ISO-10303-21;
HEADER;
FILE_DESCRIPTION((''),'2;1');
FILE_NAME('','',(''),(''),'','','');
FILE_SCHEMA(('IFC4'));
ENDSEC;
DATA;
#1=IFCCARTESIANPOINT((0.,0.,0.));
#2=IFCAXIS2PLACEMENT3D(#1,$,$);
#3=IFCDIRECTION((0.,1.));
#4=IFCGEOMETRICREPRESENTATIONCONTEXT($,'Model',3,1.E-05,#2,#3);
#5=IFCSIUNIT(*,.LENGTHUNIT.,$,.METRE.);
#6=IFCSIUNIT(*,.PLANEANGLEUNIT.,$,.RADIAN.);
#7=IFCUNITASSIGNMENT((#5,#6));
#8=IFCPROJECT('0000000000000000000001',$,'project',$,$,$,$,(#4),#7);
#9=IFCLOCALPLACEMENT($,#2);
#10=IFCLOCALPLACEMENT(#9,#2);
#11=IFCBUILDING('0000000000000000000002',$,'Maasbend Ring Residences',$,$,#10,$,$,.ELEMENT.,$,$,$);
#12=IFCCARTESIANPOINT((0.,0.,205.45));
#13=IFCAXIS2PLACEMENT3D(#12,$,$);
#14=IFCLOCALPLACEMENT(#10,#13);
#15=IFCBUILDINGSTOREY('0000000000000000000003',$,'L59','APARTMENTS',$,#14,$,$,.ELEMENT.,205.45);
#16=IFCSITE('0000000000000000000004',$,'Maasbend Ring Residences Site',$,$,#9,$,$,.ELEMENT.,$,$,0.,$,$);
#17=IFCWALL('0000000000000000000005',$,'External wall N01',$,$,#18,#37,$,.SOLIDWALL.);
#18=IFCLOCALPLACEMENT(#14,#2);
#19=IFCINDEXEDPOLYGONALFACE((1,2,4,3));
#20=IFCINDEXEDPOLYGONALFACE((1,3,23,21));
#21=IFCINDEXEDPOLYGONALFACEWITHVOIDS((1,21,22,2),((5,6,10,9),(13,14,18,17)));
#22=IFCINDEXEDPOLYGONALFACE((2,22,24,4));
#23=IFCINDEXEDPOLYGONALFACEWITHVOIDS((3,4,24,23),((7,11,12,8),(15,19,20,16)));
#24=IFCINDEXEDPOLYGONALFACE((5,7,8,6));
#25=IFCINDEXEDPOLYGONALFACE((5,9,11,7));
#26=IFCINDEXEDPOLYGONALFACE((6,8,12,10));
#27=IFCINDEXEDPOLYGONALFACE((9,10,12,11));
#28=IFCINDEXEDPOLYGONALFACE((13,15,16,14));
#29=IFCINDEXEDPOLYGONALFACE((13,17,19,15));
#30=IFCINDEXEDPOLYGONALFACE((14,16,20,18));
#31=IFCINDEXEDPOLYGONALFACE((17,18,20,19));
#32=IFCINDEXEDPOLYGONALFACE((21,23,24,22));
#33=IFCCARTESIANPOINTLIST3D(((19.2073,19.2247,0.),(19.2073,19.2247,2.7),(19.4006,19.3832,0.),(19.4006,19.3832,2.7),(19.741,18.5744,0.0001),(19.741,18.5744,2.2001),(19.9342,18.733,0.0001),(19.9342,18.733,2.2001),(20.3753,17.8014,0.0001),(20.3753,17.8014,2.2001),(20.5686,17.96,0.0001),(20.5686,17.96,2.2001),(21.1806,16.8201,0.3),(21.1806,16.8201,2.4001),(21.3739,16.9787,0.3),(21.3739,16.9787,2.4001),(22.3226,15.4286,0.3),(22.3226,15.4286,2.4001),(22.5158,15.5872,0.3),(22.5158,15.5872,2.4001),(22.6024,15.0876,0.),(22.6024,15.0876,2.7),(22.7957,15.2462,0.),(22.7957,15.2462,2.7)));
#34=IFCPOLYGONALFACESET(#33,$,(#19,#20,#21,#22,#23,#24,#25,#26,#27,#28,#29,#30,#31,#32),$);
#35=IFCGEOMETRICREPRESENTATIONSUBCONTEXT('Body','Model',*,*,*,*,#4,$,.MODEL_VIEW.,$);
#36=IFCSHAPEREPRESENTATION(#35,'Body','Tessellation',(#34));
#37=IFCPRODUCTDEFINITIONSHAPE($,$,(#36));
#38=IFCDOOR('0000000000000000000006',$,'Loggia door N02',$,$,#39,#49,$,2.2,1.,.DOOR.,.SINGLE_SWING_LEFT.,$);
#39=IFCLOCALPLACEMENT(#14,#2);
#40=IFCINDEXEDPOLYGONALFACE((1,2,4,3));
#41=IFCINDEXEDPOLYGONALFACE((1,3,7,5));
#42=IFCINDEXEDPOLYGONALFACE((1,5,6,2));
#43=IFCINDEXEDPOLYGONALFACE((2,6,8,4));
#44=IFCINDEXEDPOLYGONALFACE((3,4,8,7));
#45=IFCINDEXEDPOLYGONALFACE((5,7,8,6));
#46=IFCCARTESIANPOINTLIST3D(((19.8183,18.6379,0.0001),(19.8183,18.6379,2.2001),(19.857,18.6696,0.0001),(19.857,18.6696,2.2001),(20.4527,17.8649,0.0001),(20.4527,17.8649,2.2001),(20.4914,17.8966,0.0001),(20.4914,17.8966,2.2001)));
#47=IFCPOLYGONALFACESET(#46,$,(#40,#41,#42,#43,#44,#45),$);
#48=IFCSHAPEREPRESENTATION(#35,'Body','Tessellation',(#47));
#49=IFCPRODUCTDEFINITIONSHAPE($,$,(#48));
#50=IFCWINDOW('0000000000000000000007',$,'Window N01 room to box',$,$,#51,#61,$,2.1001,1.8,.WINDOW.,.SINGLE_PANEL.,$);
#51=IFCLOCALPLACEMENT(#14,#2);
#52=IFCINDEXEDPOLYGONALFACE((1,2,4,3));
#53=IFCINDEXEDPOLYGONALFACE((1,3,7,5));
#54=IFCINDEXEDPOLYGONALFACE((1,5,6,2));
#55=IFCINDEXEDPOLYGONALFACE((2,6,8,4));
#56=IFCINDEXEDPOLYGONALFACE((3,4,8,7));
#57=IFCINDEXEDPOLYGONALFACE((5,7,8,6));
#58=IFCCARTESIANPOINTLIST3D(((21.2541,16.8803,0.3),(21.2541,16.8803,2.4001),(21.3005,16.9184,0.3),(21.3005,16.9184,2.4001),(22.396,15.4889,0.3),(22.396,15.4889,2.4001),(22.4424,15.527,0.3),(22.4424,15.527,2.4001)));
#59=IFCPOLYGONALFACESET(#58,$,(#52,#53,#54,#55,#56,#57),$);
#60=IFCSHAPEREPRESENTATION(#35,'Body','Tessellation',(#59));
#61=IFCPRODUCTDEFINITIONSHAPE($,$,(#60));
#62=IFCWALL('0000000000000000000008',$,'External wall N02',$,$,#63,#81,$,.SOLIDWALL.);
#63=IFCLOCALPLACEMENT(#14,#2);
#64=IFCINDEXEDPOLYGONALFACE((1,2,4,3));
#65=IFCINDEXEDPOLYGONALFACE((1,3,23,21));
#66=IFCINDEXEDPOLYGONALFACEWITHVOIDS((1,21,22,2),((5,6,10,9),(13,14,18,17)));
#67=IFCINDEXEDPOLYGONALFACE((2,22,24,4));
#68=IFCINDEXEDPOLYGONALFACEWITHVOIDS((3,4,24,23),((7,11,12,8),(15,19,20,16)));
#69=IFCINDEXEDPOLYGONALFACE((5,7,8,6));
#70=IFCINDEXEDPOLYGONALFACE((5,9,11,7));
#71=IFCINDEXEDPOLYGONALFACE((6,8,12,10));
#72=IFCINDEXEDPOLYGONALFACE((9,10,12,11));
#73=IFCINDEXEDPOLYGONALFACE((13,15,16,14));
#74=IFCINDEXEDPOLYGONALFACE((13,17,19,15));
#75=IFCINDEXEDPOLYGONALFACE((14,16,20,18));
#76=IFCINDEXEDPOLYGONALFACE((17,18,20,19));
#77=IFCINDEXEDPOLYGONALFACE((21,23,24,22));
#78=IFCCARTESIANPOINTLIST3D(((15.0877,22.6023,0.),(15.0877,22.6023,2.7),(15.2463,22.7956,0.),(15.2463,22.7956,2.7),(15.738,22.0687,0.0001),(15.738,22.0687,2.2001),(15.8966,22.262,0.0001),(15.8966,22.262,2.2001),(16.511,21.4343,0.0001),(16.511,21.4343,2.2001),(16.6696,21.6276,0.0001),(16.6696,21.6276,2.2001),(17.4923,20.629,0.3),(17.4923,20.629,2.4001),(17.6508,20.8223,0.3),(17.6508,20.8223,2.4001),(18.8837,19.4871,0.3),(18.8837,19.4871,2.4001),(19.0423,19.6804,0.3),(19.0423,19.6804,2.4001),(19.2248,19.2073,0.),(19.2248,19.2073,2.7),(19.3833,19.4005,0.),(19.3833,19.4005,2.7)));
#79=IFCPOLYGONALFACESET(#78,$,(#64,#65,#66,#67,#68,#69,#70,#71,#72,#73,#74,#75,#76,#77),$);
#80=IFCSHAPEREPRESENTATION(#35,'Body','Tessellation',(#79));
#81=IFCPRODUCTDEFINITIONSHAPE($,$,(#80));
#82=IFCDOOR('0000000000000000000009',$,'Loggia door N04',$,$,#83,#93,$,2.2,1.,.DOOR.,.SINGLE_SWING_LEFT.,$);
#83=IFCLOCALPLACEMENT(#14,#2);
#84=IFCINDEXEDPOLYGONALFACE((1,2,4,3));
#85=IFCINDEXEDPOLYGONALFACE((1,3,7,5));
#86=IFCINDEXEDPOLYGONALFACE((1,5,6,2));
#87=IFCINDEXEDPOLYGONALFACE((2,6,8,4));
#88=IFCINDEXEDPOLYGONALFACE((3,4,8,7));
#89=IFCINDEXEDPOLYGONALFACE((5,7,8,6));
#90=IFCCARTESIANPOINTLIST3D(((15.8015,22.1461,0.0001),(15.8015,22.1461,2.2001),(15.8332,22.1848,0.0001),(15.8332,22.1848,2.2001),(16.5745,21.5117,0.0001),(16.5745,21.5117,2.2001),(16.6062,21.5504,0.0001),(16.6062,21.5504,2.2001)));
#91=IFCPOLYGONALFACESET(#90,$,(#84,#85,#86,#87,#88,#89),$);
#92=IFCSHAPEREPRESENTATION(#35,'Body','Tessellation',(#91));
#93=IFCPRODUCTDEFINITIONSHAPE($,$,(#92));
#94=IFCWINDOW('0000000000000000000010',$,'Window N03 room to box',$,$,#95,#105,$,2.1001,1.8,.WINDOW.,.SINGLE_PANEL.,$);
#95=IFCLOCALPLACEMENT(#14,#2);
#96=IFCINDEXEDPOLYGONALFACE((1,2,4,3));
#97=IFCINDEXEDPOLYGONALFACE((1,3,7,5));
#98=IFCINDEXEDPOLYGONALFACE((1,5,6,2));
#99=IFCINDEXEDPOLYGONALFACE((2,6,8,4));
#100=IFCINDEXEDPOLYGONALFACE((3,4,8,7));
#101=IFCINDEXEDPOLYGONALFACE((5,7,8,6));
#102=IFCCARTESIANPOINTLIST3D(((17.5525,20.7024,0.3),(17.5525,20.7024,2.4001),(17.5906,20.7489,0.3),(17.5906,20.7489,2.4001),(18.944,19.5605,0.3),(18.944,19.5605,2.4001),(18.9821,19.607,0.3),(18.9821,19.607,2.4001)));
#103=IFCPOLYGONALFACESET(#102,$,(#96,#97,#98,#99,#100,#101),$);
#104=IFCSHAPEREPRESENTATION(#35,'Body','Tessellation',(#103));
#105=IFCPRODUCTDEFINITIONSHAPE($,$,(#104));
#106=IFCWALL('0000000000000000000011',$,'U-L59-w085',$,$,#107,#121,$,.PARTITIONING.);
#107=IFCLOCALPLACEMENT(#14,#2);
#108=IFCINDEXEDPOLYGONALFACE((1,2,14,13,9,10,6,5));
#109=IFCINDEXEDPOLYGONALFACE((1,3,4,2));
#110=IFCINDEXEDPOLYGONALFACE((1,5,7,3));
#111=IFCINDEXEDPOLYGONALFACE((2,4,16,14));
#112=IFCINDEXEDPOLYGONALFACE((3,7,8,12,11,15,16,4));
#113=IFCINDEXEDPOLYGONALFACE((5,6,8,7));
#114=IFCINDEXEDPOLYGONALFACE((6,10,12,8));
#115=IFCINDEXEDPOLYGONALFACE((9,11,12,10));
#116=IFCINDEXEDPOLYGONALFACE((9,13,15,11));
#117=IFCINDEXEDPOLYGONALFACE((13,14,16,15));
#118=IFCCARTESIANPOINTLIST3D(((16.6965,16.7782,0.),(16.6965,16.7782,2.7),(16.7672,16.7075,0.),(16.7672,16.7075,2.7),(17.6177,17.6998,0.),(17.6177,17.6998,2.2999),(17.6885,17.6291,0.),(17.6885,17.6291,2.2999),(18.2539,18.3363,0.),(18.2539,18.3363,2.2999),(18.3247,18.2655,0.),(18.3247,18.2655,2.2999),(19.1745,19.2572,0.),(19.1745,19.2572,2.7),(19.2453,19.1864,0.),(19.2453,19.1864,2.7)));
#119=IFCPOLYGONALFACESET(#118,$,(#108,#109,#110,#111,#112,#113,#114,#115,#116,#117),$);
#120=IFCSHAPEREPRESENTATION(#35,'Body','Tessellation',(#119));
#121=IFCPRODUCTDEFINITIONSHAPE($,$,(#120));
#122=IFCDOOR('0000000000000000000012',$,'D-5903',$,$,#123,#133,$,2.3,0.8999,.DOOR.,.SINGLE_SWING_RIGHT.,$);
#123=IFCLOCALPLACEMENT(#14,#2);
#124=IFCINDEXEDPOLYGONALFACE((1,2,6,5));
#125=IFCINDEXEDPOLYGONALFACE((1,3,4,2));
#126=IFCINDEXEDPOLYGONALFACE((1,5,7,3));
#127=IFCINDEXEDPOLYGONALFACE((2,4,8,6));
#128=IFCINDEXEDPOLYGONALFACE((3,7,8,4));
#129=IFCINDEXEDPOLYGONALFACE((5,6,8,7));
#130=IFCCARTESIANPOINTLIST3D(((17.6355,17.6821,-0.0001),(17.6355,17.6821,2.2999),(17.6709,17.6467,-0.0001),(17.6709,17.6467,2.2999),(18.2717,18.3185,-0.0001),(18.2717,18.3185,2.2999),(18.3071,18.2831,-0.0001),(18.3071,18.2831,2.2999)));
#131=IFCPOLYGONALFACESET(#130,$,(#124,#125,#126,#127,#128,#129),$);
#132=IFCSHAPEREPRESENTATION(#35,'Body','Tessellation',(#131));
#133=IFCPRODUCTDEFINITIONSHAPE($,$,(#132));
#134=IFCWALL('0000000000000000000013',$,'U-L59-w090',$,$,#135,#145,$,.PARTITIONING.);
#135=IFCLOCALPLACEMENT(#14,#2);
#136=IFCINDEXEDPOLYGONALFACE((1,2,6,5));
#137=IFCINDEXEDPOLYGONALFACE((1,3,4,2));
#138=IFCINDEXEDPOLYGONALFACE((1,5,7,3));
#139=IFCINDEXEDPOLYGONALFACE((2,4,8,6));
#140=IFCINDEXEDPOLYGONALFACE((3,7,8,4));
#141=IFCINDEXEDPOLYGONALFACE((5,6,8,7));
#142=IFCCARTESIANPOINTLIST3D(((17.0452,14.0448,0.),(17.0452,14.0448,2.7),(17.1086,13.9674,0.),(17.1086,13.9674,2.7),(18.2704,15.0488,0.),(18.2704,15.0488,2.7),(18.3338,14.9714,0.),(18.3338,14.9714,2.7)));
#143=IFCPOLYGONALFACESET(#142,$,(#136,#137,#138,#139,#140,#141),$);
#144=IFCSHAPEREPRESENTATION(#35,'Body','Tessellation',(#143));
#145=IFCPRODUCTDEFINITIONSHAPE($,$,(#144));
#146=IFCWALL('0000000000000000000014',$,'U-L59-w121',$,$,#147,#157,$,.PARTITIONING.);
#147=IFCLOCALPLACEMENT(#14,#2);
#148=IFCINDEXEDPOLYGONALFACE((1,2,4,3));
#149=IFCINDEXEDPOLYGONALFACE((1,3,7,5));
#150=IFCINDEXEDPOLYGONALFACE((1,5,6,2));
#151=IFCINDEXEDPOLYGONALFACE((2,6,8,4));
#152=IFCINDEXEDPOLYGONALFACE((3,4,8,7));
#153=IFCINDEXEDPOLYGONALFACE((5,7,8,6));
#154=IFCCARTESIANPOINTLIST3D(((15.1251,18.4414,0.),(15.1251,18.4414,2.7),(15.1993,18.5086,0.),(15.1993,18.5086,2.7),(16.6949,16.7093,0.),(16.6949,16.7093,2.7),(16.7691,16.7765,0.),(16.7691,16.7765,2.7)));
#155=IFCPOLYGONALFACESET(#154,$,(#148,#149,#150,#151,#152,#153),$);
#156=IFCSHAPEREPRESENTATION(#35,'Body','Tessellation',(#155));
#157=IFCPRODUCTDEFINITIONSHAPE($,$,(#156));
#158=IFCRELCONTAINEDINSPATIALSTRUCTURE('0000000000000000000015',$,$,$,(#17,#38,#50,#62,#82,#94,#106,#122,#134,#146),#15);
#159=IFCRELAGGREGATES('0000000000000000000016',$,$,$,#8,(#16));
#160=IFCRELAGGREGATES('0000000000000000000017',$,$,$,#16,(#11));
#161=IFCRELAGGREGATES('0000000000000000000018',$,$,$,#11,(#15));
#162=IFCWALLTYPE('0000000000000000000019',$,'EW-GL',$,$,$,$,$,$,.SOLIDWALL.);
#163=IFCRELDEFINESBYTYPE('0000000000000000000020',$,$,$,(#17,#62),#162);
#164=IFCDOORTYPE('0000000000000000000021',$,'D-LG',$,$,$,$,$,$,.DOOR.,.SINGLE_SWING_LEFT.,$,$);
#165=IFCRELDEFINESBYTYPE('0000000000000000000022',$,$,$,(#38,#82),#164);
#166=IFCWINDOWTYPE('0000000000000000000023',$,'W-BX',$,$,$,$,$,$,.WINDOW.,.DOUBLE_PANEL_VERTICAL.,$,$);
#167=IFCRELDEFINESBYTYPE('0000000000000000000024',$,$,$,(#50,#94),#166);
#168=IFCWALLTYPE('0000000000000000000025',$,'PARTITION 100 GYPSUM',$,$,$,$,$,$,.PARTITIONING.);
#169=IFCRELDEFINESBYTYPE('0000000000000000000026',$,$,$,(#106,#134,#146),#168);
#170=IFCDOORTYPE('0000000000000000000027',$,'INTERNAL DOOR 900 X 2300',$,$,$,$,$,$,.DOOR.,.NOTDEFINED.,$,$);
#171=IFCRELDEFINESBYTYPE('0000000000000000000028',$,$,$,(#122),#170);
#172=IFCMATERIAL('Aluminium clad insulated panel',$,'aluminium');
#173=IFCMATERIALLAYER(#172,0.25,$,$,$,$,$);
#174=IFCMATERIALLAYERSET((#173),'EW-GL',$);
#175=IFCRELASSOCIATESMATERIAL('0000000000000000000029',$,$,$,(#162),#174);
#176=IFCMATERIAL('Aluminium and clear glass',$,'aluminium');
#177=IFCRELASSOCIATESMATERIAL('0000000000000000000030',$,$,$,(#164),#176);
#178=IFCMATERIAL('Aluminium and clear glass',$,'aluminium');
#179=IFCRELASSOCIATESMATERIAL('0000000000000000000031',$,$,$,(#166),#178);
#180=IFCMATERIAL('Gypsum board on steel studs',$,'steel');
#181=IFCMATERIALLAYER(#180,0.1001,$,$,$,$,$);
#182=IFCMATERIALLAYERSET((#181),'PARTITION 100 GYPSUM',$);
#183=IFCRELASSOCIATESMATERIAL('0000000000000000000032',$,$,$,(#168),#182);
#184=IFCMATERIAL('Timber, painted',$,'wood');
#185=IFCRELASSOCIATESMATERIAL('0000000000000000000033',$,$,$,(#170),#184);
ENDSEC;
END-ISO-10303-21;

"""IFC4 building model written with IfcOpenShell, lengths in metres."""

from ifc_helpers import new_model, si_unit, direction, frame, frame_2d, origin, place, context, subcontext, project, spatial, rectangle, extrude, material, layer, layer_set, type_object, element, fill, save


model = new_model("IFC4")

# Units and contexts
model_context = context("Model", 3, precision=1e-05, world=origin(), true_north=direction((0.0, 1.0)))
body_context = subcontext(model_context, "Body", "Model", "MODEL_VIEW")
ifc_project = project(units=[si_unit("LENGTHUNIT", "METRE"), si_unit("PLANEANGLEUNIT", "RADIAN")], contexts=[model_context])

# Site, building, storey
site_placement = place(None, origin())
site = spatial("IfcSite", under=ifc_project, at=site_placement, Name="Maasbend Ring Residences Site", CompositionType="ELEMENT", RefElevation=0.0)
building_placement = place(site_placement, origin())
building = spatial("IfcBuilding", under=site, at=building_placement, Name="Maasbend Ring Residences", CompositionType="ELEMENT")
storey_placement = place(building_placement, frame((0.0, 0.0, 205.45)))
storey = spatial("IfcBuildingStorey", under=building, at=storey_placement, Name="L59", Description="APARTMENTS", CompositionType="ELEMENT", Elevation=205.45)

# Walls, openings, doors, windows
ifc_material_1 = material(Name="Aluminium clad insulated panel", Category="aluminium")
ifc_layer_1 = layer(ifc_material_1, 0.25)
ifc_layer_set_1 = layer_set([ifc_layer_1], Name="EW-GL")
wall_type_1 = type_object("IfcWallType", Name="EW-GL", PredefinedType="SOLIDWALL", material=ifc_layer_set_1)
wall_1_placement = place(storey_placement, frame((22.699, 15.167, 0.0), z_axis=(0.0, 0.0, 1.0), x_axis=(-0.634382, 0.773019, 0.0)))
wall_1 = element("IfcWall", 1, at=wall_1_placement, inside=storey, type_object=wall_type_1, Name="External wall N01", PredefinedType="SOLIDWALL", context=body_context, shape_type="SweptSolid", body=[
    extrude(rectangle(XDim=5.3518, YDim=0.25, at=frame_2d((2.6758, 0.0))), origin(), (0.0, 0.0, 1.0), 2.7),
])
opening_1_placement = place(wall_1_placement, frame((0.4412, 0.0, 0.3)))
opening_1 = element("IfcOpeningElement", 2, at=opening_1_placement, cuts=wall_1, PredefinedType="OPENING", context=body_context, shape_type="SweptSolid", body=[
    extrude(rectangle(XDim=1.8, YDim=2.1001, at=frame_2d((0.8999, 1.05))), frame((0.0, 0.135, 0.0), z_axis=(0.0, -1.0, 0.0), x_axis=(1.0, 0.0, 0.0)), (0.0, 0.0, 1.0), 0.27),
])
opening_2_placement = place(wall_1_placement, frame((3.5105, 0.0, 0.0)))
opening_2 = element("IfcOpeningElement", 3, at=opening_2_placement, cuts=wall_1, PredefinedType="OPENING", context=body_context, shape_type="SweptSolid", body=[
    extrude(rectangle(XDim=1.0, YDim=2.2, at=frame_2d((0.5, 1.1001))), frame((0.0, 0.135, 0.0), z_axis=(0.0, -1.0, 0.0), x_axis=(1.0, 0.0, 0.0)), (0.0, 0.0, 1.0), 0.27),
])
ifc_material_2 = material(Name="Aluminium and clear glass", Category="aluminium")
door_type_1 = type_object("IfcDoorType", Name="D-LG", OperationType="SINGLE_SWING_LEFT", PredefinedType="DOOR", material=ifc_material_2)
door_1_placement = place(opening_2_placement, origin())
door_1 = element("IfcDoor", 4, at=door_1_placement, inside=storey, type_object=door_type_1, Name="Loggia door N02", OperationType="SINGLE_SWING_LEFT", OverallHeight=2.2, OverallWidth=1.0, PredefinedType="DOOR", context=body_context, shape_type="SweptSolid", body=[
    extrude(rectangle(XDim=1.0, YDim=2.2, at=frame_2d((0.5, 1.1001))), frame((0.0, 0.0249, 0.0), z_axis=(0.0, -1.0, 0.0), x_axis=(1.0, 0.0, 0.0)), (0.0, 0.0, 1.0), 0.05),
])
fill(opening_2, door_1)
ifc_material_3 = material(Name="Aluminium and clear glass", Category="aluminium")
window_type_1 = type_object("IfcWindowType", Name="W-BX", PartitioningType="DOUBLE_PANEL_VERTICAL", PredefinedType="WINDOW", material=ifc_material_3)
window_1_placement = place(opening_1_placement, origin())
window_1 = element("IfcWindow", 5, at=window_1_placement, inside=storey, type_object=window_type_1, Name="Window N01 room to box", OverallHeight=2.1001, OverallWidth=1.8, PartitioningType="SINGLE_PANEL", PredefinedType="WINDOW", context=body_context, shape_type="SweptSolid", body=[
    extrude(rectangle(XDim=1.8, YDim=2.1001, at=frame_2d((0.8999, 1.05))), frame((0.0, 0.03, 0.0), z_axis=(0.0, -1.0, 0.0), x_axis=(1.0, 0.0, 0.0)), (0.0, 0.0, 1.0), 0.0601),
])
fill(opening_1, window_1)
wall_2_placement = place(storey_placement, frame((19.304, 19.304, 0.0), z_axis=(0.0, 0.0, 1.0), x_axis=(-0.773019, 0.634382, 0.0)))
wall_2 = element("IfcWall", 6, at=wall_2_placement, inside=storey, type_object=wall_type_1, Name="External wall N02", PredefinedType="SOLIDWALL", context=body_context, shape_type="SweptSolid", body=[
    extrude(rectangle(XDim=5.3518, YDim=0.25, at=frame_2d((2.6758, 0.0))), origin(), (0.0, 0.0, 1.0), 2.7),
])
opening_3_placement = place(wall_2_placement, frame((0.4412, 0.0, 0.3)))
opening_3 = element("IfcOpeningElement", 7, at=opening_3_placement, cuts=wall_2, PredefinedType="OPENING", context=body_context, shape_type="SweptSolid", body=[
    extrude(rectangle(XDim=1.8, YDim=2.1001, at=frame_2d((0.8999, 1.05))), frame((0.0, 0.135, 0.0), z_axis=(0.0, -1.0, 0.0), x_axis=(1.0, 0.0, 0.0)), (0.0, 0.0, 1.0), 0.27),
])
opening_4_placement = place(wall_2_placement, frame((3.5105, 0.0, 0.0)))
opening_4 = element("IfcOpeningElement", 8, at=opening_4_placement, cuts=wall_2, PredefinedType="OPENING", context=body_context, shape_type="SweptSolid", body=[
    extrude(rectangle(XDim=1.0, YDim=2.2, at=frame_2d((0.5, 1.1001))), frame((0.0, 0.135, 0.0), z_axis=(0.0, -1.0, 0.0), x_axis=(1.0, 0.0, 0.0)), (0.0, 0.0, 1.0), 0.27),
])
door_2_placement = place(opening_4_placement, origin())
door_2 = element("IfcDoor", 9, at=door_2_placement, inside=storey, type_object=door_type_1, Name="Loggia door N04", OperationType="SINGLE_SWING_LEFT", OverallHeight=2.2, OverallWidth=1.0, PredefinedType="DOOR", context=body_context, shape_type="SweptSolid", body=[
    extrude(rectangle(XDim=1.0, YDim=2.2, at=frame_2d((0.5, 1.1001))), frame((0.0, 0.0249, 0.0), z_axis=(0.0, -1.0, 0.0), x_axis=(1.0, 0.0, 0.0)), (0.0, 0.0, 1.0), 0.05),
])
fill(opening_4, door_2)
window_2_placement = place(opening_3_placement, origin())
window_2 = element("IfcWindow", 10, at=window_2_placement, inside=storey, type_object=window_type_1, Name="Window N03 room to box", OverallHeight=2.1001, OverallWidth=1.8, PartitioningType="SINGLE_PANEL", PredefinedType="WINDOW", context=body_context, shape_type="SweptSolid", body=[
    extrude(rectangle(XDim=1.8, YDim=2.1001, at=frame_2d((0.8999, 1.05))), frame((0.0, 0.03, 0.0), z_axis=(0.0, -1.0, 0.0), x_axis=(1.0, 0.0, 0.0)), (0.0, 0.0, 1.0), 0.0601),
])
fill(opening_3, window_2)

# Wall, opening, door
ifc_material_4 = material(Name="Gypsum board on steel studs", Category="steel")
ifc_layer_2 = layer(ifc_material_4, 0.1001)
ifc_layer_set_2 = layer_set([ifc_layer_2], Name="PARTITION 100 GYPSUM")
wall_type_2 = type_object("IfcWallType", Name="PARTITION 100 GYPSUM", PredefinedType="PARTITIONING", material=ifc_layer_set_2)
wall_3_placement = place(storey_placement, frame((16.7319, 16.7429, 0.0), z_axis=(0.0, 0.0, 1.0), x_axis=(0.706967, 0.707246, 0.0)))
wall_3 = element("IfcWall", 11, at=wall_3_placement, inside=storey, type_object=wall_type_2, Name="U-L59-w085", PredefinedType="PARTITIONING", context=body_context, shape_type="SweptSolid", body=[
    extrude(rectangle(XDim=3.5051, YDim=0.1001, at=frame_2d((1.7524, 0.0))), origin(), (0.0, 0.0, 1.0), 2.7),
])
opening_5_placement = place(wall_3_placement, frame((1.303, 0.0, 0.0)))
opening_5 = element("IfcOpeningElement", 12, at=opening_5_placement, cuts=wall_3, PredefinedType="OPENING", context=body_context, shape_type="SweptSolid", body=[
    extrude(rectangle(XDim=0.8999, YDim=2.3, at=frame_2d((0.45, 1.1499))), frame((0.0, 0.0601, 0.0), z_axis=(0.0, -1.0, 0.0), x_axis=(1.0, 0.0, 0.0)), (0.0, 0.0, 1.0), 0.1201),
])
ifc_material_5 = material(Name="Timber, painted", Category="wood")
door_type_2 = type_object("IfcDoorType", Name="INTERNAL DOOR 900 X 2300", OperationType="NOTDEFINED", PredefinedType="DOOR", material=ifc_material_5)
door_3_placement = place(opening_5_placement, origin())
door_3 = element("IfcDoor", 13, at=door_3_placement, inside=storey, type_object=door_type_2, Name="D-5903", OperationType="SINGLE_SWING_RIGHT", OverallHeight=2.3, OverallWidth=0.8999, PredefinedType="DOOR", context=body_context, shape_type="SweptSolid", body=[
    extrude(rectangle(XDim=0.8999, YDim=2.3, at=frame_2d((0.45, 1.1499))), frame((0.0, 0.0249, 0.0), z_axis=(0.0, -1.0, 0.0), x_axis=(1.0, 0.0, 0.0)), (0.0, 0.0, 1.0), 0.05),
])
fill(opening_5, door_3)

# Walls
wall_4_placement = place(storey_placement, frame((17.0769, 14.0061, 0.0), z_axis=(0.0, 0.0, 1.0), x_axis=(0.773476, 0.633825, 0.0)))
element("IfcWall", 14, at=wall_4_placement, inside=storey, type_object=wall_type_2, Name="U-L59-w090", PredefinedType="PARTITIONING", context=body_context, shape_type="SweptSolid", body=[
    extrude(rectangle(XDim=1.584, YDim=0.1001, at=frame_2d((0.792, 0.0))), origin(), (0.0, 0.0, 1.0), 2.7),
])
wall_5_placement = place(storey_placement, frame((15.1621, 18.4751, 0.0), z_axis=(0.0, 0.0, 1.0), x_axis=(0.671528, -0.740979, 0.0)))
element("IfcWall", 15, at=wall_5_placement, inside=storey, type_object=wall_type_2, Name="U-L59-w121", PredefinedType="PARTITIONING", context=body_context, shape_type="SweptSolid", body=[
    extrude(rectangle(XDim=2.3376, YDim=0.1001, at=frame_2d((1.1689, 0.0))), origin(), (0.0, 0.0, 1.0), 2.7),
])

save(model, "model.ifc")
